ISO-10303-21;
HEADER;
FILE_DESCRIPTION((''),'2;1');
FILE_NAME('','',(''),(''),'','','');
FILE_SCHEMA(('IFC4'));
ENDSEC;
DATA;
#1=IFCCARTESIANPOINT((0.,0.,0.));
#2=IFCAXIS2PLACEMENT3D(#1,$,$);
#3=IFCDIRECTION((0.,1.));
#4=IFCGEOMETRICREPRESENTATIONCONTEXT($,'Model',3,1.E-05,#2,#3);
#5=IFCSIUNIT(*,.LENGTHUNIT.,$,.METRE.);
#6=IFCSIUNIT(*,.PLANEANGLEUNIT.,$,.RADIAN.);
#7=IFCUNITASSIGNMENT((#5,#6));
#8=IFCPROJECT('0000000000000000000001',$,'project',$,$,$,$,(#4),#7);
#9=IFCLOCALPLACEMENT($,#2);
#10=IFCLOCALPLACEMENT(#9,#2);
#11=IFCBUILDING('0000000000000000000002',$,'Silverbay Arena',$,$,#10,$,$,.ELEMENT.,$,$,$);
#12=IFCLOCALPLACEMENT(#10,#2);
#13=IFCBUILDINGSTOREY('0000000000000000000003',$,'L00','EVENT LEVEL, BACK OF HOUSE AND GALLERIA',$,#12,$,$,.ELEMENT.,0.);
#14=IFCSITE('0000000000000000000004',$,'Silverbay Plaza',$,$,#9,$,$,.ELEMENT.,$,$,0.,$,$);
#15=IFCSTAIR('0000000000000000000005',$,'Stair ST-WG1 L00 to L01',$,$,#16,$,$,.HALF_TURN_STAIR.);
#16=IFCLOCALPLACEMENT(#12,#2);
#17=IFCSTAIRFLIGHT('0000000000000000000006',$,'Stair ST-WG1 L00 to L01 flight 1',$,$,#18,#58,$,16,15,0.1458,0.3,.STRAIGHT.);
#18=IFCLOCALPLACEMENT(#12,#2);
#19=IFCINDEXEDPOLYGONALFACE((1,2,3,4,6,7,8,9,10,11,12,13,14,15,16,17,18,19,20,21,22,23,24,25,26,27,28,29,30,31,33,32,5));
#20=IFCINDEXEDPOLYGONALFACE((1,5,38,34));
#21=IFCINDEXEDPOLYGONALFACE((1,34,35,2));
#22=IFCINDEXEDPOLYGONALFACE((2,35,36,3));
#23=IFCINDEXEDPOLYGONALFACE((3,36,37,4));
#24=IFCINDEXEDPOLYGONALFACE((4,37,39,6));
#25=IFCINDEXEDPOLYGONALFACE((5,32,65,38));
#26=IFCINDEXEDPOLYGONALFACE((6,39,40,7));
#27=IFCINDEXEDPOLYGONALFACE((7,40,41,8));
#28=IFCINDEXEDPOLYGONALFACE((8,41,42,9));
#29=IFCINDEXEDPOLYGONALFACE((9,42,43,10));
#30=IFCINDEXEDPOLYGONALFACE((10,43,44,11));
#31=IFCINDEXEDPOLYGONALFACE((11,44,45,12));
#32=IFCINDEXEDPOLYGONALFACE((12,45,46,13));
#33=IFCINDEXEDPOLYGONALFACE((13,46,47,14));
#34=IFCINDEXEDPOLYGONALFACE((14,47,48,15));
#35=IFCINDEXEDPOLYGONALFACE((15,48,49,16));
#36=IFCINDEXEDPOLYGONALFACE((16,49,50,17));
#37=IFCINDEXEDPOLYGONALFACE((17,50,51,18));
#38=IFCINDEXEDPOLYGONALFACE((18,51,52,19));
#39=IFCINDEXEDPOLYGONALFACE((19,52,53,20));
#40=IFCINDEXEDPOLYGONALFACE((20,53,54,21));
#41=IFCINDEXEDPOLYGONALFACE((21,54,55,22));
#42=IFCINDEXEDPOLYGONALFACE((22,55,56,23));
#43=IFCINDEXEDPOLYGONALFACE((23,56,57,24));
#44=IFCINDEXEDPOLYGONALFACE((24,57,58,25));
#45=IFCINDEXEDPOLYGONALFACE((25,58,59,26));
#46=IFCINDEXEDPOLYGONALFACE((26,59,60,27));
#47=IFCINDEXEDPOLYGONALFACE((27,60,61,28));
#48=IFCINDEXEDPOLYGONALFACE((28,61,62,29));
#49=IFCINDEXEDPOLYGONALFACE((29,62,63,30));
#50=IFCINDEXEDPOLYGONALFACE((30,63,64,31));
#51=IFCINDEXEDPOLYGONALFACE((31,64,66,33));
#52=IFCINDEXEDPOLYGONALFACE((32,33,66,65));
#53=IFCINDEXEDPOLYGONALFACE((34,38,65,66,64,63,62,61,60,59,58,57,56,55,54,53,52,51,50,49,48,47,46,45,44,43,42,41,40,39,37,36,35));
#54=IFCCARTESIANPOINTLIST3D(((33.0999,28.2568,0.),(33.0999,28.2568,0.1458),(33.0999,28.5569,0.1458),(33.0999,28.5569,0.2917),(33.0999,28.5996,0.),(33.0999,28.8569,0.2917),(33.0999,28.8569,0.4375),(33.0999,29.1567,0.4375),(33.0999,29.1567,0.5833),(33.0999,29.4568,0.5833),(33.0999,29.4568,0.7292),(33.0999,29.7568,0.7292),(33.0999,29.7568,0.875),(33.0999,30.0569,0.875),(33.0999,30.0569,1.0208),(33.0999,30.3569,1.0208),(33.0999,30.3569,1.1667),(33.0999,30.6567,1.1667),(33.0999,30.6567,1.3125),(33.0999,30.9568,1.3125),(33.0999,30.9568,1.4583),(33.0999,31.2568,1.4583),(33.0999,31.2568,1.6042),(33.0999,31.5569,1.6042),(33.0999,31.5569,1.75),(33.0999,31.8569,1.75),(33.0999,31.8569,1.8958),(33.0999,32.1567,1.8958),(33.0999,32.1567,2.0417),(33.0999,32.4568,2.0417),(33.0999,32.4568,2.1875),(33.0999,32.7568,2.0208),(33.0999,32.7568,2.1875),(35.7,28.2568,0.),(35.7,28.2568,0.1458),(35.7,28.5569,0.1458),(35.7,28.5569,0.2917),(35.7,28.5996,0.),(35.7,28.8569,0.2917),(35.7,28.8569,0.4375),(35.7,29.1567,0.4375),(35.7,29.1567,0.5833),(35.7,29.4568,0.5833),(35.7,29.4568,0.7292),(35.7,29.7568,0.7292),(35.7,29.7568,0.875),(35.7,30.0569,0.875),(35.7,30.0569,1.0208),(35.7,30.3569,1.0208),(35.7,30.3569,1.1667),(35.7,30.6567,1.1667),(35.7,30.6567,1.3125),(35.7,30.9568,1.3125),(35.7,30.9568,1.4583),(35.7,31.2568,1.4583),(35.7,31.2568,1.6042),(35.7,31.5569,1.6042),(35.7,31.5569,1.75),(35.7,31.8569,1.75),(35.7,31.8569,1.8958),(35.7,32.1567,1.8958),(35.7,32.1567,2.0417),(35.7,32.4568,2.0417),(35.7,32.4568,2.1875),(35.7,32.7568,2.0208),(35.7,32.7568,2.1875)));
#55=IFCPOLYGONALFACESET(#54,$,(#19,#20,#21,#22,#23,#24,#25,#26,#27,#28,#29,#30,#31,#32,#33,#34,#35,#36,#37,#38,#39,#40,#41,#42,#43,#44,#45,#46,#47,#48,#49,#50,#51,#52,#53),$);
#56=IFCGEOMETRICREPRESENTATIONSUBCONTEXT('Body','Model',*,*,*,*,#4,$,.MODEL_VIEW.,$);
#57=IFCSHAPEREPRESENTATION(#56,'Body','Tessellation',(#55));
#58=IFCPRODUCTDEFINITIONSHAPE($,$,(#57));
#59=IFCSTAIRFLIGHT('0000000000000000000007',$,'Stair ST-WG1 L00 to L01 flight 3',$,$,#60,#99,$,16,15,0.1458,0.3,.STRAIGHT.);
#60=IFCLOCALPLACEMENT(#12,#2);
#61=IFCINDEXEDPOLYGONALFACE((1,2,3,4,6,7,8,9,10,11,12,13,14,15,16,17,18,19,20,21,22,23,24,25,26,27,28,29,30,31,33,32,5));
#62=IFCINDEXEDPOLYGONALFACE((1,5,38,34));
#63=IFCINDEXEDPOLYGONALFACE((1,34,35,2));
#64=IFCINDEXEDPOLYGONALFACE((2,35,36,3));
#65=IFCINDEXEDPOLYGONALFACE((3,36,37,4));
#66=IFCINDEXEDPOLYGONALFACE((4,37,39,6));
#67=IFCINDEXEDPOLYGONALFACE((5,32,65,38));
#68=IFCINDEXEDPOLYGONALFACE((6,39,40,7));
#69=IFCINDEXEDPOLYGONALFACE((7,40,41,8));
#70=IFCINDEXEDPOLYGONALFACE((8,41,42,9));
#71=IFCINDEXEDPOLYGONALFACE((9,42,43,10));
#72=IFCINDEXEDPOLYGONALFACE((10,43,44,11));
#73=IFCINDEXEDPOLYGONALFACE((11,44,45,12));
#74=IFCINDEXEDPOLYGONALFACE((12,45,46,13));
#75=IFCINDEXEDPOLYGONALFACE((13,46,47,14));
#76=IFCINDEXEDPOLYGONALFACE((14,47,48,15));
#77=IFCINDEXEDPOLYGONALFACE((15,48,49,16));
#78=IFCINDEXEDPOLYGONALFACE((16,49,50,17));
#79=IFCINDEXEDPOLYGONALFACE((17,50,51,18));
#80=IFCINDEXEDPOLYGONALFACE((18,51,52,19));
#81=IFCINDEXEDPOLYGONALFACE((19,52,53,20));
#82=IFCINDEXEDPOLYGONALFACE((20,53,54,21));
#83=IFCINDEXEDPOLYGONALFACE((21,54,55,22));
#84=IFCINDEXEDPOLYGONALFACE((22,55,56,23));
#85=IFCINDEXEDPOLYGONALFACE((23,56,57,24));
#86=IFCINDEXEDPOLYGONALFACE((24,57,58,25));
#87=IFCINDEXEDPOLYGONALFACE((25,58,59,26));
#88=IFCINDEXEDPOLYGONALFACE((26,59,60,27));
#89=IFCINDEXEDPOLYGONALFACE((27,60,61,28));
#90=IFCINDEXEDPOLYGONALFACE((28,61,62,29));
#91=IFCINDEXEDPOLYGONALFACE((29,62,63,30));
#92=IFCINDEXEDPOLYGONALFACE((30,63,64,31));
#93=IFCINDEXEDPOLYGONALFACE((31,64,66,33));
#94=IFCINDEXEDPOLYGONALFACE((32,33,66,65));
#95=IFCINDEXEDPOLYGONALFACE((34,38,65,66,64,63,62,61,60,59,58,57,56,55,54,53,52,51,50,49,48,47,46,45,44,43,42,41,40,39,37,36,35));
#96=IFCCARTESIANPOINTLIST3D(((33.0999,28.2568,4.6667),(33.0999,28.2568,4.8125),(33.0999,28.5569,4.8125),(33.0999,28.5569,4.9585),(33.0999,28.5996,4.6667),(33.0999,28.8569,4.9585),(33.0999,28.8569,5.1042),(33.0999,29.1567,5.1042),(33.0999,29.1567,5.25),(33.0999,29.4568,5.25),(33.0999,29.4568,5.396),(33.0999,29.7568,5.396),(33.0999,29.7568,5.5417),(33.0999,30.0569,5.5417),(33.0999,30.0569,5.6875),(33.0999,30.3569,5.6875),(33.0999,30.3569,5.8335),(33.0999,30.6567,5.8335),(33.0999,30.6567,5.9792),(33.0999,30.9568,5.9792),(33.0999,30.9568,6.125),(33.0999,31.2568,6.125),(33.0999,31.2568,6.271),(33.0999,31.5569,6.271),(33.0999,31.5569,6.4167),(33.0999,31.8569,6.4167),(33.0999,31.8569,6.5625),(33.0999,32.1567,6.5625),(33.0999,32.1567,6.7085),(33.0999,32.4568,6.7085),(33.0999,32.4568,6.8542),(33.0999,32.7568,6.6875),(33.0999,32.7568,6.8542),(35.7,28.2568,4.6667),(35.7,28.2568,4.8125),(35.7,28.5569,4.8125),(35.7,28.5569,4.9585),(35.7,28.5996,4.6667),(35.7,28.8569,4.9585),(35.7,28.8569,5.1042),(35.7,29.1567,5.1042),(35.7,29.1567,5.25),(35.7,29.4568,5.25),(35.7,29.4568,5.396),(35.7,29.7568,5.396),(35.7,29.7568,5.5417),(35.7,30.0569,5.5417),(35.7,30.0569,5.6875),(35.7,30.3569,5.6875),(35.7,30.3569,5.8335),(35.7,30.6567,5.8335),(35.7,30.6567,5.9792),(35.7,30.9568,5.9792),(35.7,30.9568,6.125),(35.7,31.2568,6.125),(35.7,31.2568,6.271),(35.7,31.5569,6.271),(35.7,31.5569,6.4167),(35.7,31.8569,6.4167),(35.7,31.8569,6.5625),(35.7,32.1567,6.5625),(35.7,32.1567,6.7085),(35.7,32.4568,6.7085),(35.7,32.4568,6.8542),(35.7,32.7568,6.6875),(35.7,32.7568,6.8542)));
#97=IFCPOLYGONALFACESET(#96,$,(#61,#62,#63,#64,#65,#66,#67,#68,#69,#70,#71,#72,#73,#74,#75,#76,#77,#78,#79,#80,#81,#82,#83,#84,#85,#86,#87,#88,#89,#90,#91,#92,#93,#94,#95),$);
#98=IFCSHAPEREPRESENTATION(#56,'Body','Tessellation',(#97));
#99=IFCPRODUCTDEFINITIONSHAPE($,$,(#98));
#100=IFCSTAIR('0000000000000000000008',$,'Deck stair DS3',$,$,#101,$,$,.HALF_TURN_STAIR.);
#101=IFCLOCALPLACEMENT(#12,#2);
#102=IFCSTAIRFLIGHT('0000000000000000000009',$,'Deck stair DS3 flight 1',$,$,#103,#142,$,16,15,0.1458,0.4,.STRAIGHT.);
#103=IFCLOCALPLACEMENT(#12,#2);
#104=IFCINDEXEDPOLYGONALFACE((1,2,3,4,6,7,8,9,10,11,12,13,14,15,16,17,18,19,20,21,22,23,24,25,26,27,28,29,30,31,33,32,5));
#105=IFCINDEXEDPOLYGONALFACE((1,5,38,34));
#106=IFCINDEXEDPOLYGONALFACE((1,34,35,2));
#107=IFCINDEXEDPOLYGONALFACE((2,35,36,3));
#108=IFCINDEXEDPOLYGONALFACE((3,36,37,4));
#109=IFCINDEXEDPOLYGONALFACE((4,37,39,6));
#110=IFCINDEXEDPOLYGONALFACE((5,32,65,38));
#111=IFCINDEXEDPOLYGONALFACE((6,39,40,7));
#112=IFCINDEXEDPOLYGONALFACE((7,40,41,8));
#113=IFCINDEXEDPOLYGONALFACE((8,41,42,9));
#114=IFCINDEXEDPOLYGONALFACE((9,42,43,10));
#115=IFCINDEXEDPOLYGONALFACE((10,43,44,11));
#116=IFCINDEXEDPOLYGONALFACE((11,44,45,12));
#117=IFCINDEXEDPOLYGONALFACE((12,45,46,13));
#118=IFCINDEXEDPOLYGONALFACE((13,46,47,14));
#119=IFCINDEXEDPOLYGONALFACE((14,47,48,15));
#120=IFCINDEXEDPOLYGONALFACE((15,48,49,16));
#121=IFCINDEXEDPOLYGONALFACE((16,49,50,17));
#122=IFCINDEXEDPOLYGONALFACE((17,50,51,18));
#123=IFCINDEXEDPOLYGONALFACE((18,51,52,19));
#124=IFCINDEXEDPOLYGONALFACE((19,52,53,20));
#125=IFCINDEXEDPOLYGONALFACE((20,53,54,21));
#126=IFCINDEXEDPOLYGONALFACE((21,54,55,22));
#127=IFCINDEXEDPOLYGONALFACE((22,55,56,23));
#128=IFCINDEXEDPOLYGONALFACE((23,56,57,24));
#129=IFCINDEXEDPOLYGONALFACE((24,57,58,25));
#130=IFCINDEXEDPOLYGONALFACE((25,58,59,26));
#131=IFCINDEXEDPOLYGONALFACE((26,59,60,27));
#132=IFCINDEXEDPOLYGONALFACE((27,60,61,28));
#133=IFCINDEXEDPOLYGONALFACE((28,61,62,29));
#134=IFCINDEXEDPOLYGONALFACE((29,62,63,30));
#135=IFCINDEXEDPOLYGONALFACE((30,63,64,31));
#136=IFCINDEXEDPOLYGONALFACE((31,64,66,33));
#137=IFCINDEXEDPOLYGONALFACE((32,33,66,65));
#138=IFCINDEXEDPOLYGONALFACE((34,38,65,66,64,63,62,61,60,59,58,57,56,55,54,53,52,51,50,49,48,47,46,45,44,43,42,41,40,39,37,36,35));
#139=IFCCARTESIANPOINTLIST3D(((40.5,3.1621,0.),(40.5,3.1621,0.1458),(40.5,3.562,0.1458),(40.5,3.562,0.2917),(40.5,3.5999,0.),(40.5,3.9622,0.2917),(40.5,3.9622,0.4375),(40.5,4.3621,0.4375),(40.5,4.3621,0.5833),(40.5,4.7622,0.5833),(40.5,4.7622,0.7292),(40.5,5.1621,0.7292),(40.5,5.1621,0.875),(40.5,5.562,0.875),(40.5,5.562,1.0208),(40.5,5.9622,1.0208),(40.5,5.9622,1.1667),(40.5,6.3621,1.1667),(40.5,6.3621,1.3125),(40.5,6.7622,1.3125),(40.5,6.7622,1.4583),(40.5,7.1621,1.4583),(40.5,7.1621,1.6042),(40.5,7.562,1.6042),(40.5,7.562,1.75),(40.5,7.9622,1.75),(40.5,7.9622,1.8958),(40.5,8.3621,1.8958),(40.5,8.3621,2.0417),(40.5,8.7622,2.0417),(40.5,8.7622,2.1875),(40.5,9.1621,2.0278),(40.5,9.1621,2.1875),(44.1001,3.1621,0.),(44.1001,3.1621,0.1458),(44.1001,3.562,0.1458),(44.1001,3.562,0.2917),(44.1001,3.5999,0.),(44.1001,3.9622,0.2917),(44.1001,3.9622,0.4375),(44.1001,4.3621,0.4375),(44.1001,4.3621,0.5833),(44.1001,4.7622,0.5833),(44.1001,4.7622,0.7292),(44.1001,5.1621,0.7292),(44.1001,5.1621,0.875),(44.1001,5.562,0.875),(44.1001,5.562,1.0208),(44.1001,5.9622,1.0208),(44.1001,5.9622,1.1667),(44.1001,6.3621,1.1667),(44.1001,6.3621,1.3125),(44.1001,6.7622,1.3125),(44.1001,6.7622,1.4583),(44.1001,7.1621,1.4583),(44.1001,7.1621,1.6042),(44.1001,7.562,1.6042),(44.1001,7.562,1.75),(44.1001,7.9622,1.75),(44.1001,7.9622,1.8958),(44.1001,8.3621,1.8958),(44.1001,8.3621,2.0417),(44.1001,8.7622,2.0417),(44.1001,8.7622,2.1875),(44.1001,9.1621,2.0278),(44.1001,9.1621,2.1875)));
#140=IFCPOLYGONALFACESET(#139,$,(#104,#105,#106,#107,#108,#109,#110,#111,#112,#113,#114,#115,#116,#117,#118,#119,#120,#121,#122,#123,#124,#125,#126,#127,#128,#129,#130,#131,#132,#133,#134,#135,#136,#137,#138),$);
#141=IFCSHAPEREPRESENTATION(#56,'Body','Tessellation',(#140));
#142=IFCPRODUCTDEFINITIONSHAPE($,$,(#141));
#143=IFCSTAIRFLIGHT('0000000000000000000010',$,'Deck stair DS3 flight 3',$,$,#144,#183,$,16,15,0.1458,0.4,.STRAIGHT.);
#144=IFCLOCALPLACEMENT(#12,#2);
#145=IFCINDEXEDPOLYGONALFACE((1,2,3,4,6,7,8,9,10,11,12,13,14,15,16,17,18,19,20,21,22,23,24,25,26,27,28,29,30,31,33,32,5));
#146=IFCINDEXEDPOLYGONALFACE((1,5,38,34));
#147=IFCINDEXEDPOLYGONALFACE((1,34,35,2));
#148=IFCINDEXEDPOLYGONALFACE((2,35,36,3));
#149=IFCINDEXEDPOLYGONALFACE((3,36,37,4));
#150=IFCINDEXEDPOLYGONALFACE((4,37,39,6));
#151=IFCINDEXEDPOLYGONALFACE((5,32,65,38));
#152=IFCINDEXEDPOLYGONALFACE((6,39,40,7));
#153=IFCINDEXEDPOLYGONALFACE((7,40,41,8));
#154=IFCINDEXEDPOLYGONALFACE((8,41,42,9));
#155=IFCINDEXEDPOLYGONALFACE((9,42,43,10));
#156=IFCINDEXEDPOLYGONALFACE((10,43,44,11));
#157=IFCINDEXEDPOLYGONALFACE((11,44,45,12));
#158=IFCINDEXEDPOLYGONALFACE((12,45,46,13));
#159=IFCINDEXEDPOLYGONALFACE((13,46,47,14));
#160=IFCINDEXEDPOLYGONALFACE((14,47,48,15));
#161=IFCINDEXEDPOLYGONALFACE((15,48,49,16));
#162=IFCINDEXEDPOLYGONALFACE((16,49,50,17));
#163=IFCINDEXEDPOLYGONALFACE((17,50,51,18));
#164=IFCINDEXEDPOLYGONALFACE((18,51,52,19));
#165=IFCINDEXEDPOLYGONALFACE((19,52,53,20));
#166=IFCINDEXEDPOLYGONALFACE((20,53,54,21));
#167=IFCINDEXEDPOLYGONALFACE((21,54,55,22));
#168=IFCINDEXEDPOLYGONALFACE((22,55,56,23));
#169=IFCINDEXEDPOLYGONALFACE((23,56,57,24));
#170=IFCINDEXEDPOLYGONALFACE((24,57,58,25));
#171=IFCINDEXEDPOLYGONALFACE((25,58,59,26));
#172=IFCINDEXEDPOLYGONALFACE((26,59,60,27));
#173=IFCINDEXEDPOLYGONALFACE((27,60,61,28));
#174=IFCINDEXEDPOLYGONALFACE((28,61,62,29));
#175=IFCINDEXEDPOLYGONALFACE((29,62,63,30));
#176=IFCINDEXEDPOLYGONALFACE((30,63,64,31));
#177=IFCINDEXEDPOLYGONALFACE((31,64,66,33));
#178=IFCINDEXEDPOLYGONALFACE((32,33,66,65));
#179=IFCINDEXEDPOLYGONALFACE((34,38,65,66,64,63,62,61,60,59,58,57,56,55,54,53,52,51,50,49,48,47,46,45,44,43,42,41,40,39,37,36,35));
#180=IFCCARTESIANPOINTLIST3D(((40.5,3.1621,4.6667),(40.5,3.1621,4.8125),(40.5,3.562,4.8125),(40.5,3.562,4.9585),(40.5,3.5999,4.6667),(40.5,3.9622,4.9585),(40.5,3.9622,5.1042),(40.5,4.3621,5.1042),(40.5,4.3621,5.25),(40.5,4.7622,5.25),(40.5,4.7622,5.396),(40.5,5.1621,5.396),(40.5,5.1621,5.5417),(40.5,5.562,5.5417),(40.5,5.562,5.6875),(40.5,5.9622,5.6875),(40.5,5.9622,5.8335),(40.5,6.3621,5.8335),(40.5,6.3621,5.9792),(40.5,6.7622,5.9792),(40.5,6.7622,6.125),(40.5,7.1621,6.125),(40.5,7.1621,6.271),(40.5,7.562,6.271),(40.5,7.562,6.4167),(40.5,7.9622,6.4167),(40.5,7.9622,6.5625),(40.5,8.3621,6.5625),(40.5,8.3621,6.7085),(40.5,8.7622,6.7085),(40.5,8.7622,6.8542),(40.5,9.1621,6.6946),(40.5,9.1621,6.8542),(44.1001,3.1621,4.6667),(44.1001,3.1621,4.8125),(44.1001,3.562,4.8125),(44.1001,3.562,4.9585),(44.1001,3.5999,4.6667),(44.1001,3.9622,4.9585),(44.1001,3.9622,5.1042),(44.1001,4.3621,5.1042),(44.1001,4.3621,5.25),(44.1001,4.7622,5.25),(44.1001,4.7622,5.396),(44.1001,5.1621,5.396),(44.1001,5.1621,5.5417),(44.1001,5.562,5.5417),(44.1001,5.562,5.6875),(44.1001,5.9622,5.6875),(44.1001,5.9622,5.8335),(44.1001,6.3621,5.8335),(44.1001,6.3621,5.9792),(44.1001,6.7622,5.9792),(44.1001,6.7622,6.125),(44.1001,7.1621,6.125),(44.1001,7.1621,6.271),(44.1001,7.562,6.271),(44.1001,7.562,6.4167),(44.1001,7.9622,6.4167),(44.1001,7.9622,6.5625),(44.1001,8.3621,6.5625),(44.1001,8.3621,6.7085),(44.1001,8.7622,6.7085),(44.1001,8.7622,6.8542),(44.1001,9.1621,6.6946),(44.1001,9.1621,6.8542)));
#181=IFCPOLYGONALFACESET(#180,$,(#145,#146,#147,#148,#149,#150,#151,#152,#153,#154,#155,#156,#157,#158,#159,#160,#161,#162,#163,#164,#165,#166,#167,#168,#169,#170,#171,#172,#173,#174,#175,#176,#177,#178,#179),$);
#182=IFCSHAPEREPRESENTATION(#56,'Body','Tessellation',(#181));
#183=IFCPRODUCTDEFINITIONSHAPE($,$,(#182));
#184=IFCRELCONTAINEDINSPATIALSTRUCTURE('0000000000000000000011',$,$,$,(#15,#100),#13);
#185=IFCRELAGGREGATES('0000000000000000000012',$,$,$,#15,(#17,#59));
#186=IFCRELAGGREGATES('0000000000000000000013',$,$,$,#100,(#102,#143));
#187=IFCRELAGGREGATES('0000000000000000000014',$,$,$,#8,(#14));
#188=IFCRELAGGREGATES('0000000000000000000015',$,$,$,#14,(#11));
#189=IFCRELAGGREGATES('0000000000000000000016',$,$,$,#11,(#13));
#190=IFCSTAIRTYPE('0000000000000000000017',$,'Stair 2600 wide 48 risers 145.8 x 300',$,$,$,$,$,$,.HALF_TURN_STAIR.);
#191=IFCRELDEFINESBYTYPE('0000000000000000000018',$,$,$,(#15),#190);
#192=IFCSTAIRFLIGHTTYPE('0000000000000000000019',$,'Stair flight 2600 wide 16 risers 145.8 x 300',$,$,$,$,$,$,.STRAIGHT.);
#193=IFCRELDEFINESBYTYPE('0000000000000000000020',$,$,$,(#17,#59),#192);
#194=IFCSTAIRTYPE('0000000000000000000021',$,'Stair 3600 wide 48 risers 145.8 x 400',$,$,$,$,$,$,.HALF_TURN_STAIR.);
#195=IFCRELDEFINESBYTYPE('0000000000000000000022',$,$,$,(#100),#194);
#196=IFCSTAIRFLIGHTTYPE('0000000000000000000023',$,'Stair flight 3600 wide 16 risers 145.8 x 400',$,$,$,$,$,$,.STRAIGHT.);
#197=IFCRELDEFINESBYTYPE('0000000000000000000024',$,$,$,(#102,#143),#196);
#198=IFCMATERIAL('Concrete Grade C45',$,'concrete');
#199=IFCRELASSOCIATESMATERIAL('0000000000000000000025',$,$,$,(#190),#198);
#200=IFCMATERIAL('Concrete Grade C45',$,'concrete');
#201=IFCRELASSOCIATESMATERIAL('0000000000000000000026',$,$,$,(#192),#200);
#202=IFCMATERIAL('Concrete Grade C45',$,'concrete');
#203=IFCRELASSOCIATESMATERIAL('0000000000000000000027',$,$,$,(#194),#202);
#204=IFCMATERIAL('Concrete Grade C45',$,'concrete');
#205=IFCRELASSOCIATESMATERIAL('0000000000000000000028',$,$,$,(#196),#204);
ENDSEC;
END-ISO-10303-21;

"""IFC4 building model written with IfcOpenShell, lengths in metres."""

from ifc_helpers import new_model, si_unit, direction, frame, origin, place, context, subcontext, project, spatial, polyline, outline, extrude, material, type_object, element, aggregate, save


model = new_model("IFC4")

# Units and contexts
model_context = context("Model", 3, precision=1e-05, world=origin(), true_north=direction((0.0, 1.0)))
body_context = subcontext(model_context, "Body", "Model", "MODEL_VIEW")
ifc_project = project(units=[si_unit("LENGTHUNIT", "METRE"), si_unit("PLANEANGLEUNIT", "RADIAN")], contexts=[model_context])

# Site, building, storey
site_placement = place(None, origin())
site = spatial("IfcSite", under=ifc_project, at=site_placement, Name="Silverbay Plaza", CompositionType="ELEMENT", RefElevation=0.0)
building_placement = place(site_placement, origin())
building = spatial("IfcBuilding", under=site, at=building_placement, Name="Silverbay Arena", CompositionType="ELEMENT")
storey_placement = place(building_placement, origin())
storey = spatial("IfcBuildingStorey", under=building, at=storey_placement, Name="L00", Description="EVENT LEVEL, BACK OF HOUSE AND GALLERIA", CompositionType="ELEMENT", Elevation=0.0)

# Stairs, stair flights
ifc_material_1 = material(Name="Concrete Grade C45", Category="concrete")
stair_type_1 = type_object("IfcStairType", Name="Stair 2600 wide 48 risers 145.8 x 300", PredefinedType="HALF_TURN_STAIR", material=ifc_material_1)
stair_1_placement = place(storey_placement, origin())
stair_1 = element("IfcStair", 1, at=stair_1_placement, inside=storey, type_object=stair_type_1, Name="Stair ST-WG1 L00 to L01", PredefinedType="HALF_TURN_STAIR")
ifc_material_2 = material(Name="Concrete Grade C45", Category="concrete")
stair_flight_type_1 = type_object("IfcStairFlightType", Name="Stair flight 2600 wide 16 risers 145.8 x 300", PredefinedType="STRAIGHT", material=ifc_material_2)
stair_flight_1_placement = place(storey_placement, frame((34.3999, 28.2568, 0.0), z_axis=(0.0, 0.0, 1.0), x_axis=(0.0, 1.0, 0.0)))
stair_flight_1 = element("IfcStairFlight", 2, at=stair_flight_1_placement, type_object=stair_flight_type_1, Name="Stair ST-WG1 L00 to L01 flight 1", NumberOfRisers=16, NumberOfTreads=15, PredefinedType="STRAIGHT", RiserHeight=0.1458, TreadLength=0.3, context=body_context, shape_type="SweptSolid", body=[
    extrude(outline(polyline([(0.0, 0.0), (0.0, 0.1458), (0.3, 0.1458), (0.3, 0.2917), (0.6001, 0.2917), (0.6001, 0.4375), (0.8999, 0.4375), (0.8999, 0.5833), (1.2, 0.5833), (1.2, 0.7292), (1.5, 0.7292), (1.5, 0.875), (1.8, 0.875), (1.8, 1.0208), (2.1001, 1.0208), (2.1001, 1.1667), (2.3999, 1.1667), (2.3999, 1.3125), (2.7, 1.3125), (2.7, 1.4583), (3.0, 1.4583), (3.0, 1.6042), (3.3, 1.6042), (3.3, 1.75), (3.6001, 1.75), (3.6001, 1.8958), (3.8999, 1.8958), (3.8999, 2.0417), (4.2, 2.0417), (4.2, 2.1875), (4.5, 2.1875), (4.5, 2.0208), (0.3428, 0.0), (0.0, 0.0)])), frame((0.0, 1.3, 0.0), z_axis=(0.0, -1.0, 0.0), x_axis=(1.0, 0.0, 0.0)), (0.0, 0.0, 1.0), 2.6001),
])
stair_flight_2_placement = place(storey_placement, frame((34.3999, 28.2568, 4.6667), z_axis=(0.0, 0.0, 1.0), x_axis=(0.0, 1.0, 0.0)))
stair_flight_2 = element("IfcStairFlight", 3, at=stair_flight_2_placement, type_object=stair_flight_type_1, Name="Stair ST-WG1 L00 to L01 flight 3", NumberOfRisers=16, NumberOfTreads=15, PredefinedType="STRAIGHT", RiserHeight=0.1458, TreadLength=0.3, context=body_context, shape_type="SweptSolid", body=[
    extrude(outline(polyline([(0.0, 0.0), (0.0, 0.1458), (0.3, 0.1458), (0.3, 0.2917), (0.6001, 0.2917), (0.6001, 0.4375), (0.8999, 0.4375), (0.8999, 0.5833), (1.2, 0.5833), (1.2, 0.7292), (1.5, 0.7292), (1.5, 0.875), (1.8, 0.875), (1.8, 1.0208), (2.1001, 1.0208), (2.1001, 1.1667), (2.3999, 1.1667), (2.3999, 1.3125), (2.7, 1.3125), (2.7, 1.4583), (3.0, 1.4583), (3.0, 1.6042), (3.3, 1.6042), (3.3, 1.75), (3.6001, 1.75), (3.6001, 1.8958), (3.8999, 1.8958), (3.8999, 2.0417), (4.2, 2.0417), (4.2, 2.1875), (4.5, 2.1875), (4.5, 2.0208), (0.3428, 0.0), (0.0, 0.0)])), frame((0.0, 1.3, 0.0), z_axis=(0.0, -1.0, 0.0), x_axis=(1.0, 0.0, 0.0)), (0.0, 0.0, 1.0), 2.6001),
])
aggregate(stair_1, [stair_flight_1, stair_flight_2])
ifc_material_3 = material(Name="Concrete Grade C45", Category="concrete")
stair_type_2 = type_object("IfcStairType", Name="Stair 3600 wide 48 risers 145.8 x 400", PredefinedType="HALF_TURN_STAIR", material=ifc_material_3)
stair_2_placement = place(storey_placement, origin())
stair_2 = element("IfcStair", 4, at=stair_2_placement, inside=storey, type_object=stair_type_2, Name="Deck stair DS3", PredefinedType="HALF_TURN_STAIR")
ifc_material_4 = material(Name="Concrete Grade C45", Category="concrete")
stair_flight_type_2 = type_object("IfcStairFlightType", Name="Stair flight 3600 wide 16 risers 145.8 x 400", PredefinedType="STRAIGHT", material=ifc_material_4)
stair_flight_3_placement = place(storey_placement, frame((42.3, 3.1621, 0.0), z_axis=(0.0, 0.0, 1.0), x_axis=(0.0, 1.0, 0.0)))
stair_flight_3 = element("IfcStairFlight", 5, at=stair_flight_3_placement, type_object=stair_flight_type_2, Name="Deck stair DS3 flight 1", NumberOfRisers=16, NumberOfTreads=15, PredefinedType="STRAIGHT", RiserHeight=0.1458, TreadLength=0.4, context=body_context, shape_type="SweptSolid", body=[
    extrude(outline(polyline([(0.0, 0.0), (0.0, 0.1458), (0.3999, 0.1458), (0.3999, 0.2917), (0.8, 0.2917), (0.8, 0.4375), (1.2, 0.4375), (1.2, 0.5833), (1.6001, 0.5833), (1.6001, 0.7292), (2.0, 0.7292), (2.0, 0.875), (2.3999, 0.875), (2.3999, 1.0208), (2.8, 1.0208), (2.8, 1.1667), (3.2, 1.1667), (3.2, 1.3125), (3.6001, 1.3125), (3.6001, 1.4583), (4.0, 1.4583), (4.0, 1.6042), (4.3999, 1.6042), (4.3999, 1.75), (4.8, 1.75), (4.8, 1.8958), (5.2, 1.8958), (5.2, 2.0417), (5.6001, 2.0417), (5.6001, 2.1875), (6.0, 2.1875), (6.0, 2.0278), (0.4377, 0.0), (0.0, 0.0)])), frame((0.0, 1.8, 0.0), z_axis=(0.0, -1.0, 0.0), x_axis=(1.0, 0.0, 0.0)), (0.0, 0.0, 1.0), 3.6001),
])
stair_flight_4_placement = place(storey_placement, frame((42.3, 3.1621, 4.6667), z_axis=(0.0, 0.0, 1.0), x_axis=(0.0, 1.0, 0.0)))
stair_flight_4 = element("IfcStairFlight", 6, at=stair_flight_4_placement, type_object=stair_flight_type_2, Name="Deck stair DS3 flight 3", NumberOfRisers=16, NumberOfTreads=15, PredefinedType="STRAIGHT", RiserHeight=0.1458, TreadLength=0.4, context=body_context, shape_type="SweptSolid", body=[
    extrude(outline(polyline([(0.0, 0.0), (0.0, 0.1458), (0.3999, 0.1458), (0.3999, 0.2917), (0.8, 0.2917), (0.8, 0.4375), (1.2, 0.4375), (1.2, 0.5833), (1.6001, 0.5833), (1.6001, 0.7292), (2.0, 0.7292), (2.0, 0.875), (2.3999, 0.875), (2.3999, 1.0208), (2.8, 1.0208), (2.8, 1.1667), (3.2, 1.1667), (3.2, 1.3125), (3.6001, 1.3125), (3.6001, 1.4583), (4.0, 1.4583), (4.0, 1.6042), (4.3999, 1.6042), (4.3999, 1.75), (4.8, 1.75), (4.8, 1.8958), (5.2, 1.8958), (5.2, 2.0417), (5.6001, 2.0417), (5.6001, 2.1875), (6.0, 2.1875), (6.0, 2.0278), (0.4377, 0.0), (0.0, 0.0)])), frame((0.0, 1.8, 0.0), z_axis=(0.0, -1.0, 0.0), x_axis=(1.0, 0.0, 0.0)), (0.0, 0.0, 1.0), 3.6001),
])
aggregate(stair_2, [stair_flight_3, stair_flight_4])

save(model, "model.ifc")
